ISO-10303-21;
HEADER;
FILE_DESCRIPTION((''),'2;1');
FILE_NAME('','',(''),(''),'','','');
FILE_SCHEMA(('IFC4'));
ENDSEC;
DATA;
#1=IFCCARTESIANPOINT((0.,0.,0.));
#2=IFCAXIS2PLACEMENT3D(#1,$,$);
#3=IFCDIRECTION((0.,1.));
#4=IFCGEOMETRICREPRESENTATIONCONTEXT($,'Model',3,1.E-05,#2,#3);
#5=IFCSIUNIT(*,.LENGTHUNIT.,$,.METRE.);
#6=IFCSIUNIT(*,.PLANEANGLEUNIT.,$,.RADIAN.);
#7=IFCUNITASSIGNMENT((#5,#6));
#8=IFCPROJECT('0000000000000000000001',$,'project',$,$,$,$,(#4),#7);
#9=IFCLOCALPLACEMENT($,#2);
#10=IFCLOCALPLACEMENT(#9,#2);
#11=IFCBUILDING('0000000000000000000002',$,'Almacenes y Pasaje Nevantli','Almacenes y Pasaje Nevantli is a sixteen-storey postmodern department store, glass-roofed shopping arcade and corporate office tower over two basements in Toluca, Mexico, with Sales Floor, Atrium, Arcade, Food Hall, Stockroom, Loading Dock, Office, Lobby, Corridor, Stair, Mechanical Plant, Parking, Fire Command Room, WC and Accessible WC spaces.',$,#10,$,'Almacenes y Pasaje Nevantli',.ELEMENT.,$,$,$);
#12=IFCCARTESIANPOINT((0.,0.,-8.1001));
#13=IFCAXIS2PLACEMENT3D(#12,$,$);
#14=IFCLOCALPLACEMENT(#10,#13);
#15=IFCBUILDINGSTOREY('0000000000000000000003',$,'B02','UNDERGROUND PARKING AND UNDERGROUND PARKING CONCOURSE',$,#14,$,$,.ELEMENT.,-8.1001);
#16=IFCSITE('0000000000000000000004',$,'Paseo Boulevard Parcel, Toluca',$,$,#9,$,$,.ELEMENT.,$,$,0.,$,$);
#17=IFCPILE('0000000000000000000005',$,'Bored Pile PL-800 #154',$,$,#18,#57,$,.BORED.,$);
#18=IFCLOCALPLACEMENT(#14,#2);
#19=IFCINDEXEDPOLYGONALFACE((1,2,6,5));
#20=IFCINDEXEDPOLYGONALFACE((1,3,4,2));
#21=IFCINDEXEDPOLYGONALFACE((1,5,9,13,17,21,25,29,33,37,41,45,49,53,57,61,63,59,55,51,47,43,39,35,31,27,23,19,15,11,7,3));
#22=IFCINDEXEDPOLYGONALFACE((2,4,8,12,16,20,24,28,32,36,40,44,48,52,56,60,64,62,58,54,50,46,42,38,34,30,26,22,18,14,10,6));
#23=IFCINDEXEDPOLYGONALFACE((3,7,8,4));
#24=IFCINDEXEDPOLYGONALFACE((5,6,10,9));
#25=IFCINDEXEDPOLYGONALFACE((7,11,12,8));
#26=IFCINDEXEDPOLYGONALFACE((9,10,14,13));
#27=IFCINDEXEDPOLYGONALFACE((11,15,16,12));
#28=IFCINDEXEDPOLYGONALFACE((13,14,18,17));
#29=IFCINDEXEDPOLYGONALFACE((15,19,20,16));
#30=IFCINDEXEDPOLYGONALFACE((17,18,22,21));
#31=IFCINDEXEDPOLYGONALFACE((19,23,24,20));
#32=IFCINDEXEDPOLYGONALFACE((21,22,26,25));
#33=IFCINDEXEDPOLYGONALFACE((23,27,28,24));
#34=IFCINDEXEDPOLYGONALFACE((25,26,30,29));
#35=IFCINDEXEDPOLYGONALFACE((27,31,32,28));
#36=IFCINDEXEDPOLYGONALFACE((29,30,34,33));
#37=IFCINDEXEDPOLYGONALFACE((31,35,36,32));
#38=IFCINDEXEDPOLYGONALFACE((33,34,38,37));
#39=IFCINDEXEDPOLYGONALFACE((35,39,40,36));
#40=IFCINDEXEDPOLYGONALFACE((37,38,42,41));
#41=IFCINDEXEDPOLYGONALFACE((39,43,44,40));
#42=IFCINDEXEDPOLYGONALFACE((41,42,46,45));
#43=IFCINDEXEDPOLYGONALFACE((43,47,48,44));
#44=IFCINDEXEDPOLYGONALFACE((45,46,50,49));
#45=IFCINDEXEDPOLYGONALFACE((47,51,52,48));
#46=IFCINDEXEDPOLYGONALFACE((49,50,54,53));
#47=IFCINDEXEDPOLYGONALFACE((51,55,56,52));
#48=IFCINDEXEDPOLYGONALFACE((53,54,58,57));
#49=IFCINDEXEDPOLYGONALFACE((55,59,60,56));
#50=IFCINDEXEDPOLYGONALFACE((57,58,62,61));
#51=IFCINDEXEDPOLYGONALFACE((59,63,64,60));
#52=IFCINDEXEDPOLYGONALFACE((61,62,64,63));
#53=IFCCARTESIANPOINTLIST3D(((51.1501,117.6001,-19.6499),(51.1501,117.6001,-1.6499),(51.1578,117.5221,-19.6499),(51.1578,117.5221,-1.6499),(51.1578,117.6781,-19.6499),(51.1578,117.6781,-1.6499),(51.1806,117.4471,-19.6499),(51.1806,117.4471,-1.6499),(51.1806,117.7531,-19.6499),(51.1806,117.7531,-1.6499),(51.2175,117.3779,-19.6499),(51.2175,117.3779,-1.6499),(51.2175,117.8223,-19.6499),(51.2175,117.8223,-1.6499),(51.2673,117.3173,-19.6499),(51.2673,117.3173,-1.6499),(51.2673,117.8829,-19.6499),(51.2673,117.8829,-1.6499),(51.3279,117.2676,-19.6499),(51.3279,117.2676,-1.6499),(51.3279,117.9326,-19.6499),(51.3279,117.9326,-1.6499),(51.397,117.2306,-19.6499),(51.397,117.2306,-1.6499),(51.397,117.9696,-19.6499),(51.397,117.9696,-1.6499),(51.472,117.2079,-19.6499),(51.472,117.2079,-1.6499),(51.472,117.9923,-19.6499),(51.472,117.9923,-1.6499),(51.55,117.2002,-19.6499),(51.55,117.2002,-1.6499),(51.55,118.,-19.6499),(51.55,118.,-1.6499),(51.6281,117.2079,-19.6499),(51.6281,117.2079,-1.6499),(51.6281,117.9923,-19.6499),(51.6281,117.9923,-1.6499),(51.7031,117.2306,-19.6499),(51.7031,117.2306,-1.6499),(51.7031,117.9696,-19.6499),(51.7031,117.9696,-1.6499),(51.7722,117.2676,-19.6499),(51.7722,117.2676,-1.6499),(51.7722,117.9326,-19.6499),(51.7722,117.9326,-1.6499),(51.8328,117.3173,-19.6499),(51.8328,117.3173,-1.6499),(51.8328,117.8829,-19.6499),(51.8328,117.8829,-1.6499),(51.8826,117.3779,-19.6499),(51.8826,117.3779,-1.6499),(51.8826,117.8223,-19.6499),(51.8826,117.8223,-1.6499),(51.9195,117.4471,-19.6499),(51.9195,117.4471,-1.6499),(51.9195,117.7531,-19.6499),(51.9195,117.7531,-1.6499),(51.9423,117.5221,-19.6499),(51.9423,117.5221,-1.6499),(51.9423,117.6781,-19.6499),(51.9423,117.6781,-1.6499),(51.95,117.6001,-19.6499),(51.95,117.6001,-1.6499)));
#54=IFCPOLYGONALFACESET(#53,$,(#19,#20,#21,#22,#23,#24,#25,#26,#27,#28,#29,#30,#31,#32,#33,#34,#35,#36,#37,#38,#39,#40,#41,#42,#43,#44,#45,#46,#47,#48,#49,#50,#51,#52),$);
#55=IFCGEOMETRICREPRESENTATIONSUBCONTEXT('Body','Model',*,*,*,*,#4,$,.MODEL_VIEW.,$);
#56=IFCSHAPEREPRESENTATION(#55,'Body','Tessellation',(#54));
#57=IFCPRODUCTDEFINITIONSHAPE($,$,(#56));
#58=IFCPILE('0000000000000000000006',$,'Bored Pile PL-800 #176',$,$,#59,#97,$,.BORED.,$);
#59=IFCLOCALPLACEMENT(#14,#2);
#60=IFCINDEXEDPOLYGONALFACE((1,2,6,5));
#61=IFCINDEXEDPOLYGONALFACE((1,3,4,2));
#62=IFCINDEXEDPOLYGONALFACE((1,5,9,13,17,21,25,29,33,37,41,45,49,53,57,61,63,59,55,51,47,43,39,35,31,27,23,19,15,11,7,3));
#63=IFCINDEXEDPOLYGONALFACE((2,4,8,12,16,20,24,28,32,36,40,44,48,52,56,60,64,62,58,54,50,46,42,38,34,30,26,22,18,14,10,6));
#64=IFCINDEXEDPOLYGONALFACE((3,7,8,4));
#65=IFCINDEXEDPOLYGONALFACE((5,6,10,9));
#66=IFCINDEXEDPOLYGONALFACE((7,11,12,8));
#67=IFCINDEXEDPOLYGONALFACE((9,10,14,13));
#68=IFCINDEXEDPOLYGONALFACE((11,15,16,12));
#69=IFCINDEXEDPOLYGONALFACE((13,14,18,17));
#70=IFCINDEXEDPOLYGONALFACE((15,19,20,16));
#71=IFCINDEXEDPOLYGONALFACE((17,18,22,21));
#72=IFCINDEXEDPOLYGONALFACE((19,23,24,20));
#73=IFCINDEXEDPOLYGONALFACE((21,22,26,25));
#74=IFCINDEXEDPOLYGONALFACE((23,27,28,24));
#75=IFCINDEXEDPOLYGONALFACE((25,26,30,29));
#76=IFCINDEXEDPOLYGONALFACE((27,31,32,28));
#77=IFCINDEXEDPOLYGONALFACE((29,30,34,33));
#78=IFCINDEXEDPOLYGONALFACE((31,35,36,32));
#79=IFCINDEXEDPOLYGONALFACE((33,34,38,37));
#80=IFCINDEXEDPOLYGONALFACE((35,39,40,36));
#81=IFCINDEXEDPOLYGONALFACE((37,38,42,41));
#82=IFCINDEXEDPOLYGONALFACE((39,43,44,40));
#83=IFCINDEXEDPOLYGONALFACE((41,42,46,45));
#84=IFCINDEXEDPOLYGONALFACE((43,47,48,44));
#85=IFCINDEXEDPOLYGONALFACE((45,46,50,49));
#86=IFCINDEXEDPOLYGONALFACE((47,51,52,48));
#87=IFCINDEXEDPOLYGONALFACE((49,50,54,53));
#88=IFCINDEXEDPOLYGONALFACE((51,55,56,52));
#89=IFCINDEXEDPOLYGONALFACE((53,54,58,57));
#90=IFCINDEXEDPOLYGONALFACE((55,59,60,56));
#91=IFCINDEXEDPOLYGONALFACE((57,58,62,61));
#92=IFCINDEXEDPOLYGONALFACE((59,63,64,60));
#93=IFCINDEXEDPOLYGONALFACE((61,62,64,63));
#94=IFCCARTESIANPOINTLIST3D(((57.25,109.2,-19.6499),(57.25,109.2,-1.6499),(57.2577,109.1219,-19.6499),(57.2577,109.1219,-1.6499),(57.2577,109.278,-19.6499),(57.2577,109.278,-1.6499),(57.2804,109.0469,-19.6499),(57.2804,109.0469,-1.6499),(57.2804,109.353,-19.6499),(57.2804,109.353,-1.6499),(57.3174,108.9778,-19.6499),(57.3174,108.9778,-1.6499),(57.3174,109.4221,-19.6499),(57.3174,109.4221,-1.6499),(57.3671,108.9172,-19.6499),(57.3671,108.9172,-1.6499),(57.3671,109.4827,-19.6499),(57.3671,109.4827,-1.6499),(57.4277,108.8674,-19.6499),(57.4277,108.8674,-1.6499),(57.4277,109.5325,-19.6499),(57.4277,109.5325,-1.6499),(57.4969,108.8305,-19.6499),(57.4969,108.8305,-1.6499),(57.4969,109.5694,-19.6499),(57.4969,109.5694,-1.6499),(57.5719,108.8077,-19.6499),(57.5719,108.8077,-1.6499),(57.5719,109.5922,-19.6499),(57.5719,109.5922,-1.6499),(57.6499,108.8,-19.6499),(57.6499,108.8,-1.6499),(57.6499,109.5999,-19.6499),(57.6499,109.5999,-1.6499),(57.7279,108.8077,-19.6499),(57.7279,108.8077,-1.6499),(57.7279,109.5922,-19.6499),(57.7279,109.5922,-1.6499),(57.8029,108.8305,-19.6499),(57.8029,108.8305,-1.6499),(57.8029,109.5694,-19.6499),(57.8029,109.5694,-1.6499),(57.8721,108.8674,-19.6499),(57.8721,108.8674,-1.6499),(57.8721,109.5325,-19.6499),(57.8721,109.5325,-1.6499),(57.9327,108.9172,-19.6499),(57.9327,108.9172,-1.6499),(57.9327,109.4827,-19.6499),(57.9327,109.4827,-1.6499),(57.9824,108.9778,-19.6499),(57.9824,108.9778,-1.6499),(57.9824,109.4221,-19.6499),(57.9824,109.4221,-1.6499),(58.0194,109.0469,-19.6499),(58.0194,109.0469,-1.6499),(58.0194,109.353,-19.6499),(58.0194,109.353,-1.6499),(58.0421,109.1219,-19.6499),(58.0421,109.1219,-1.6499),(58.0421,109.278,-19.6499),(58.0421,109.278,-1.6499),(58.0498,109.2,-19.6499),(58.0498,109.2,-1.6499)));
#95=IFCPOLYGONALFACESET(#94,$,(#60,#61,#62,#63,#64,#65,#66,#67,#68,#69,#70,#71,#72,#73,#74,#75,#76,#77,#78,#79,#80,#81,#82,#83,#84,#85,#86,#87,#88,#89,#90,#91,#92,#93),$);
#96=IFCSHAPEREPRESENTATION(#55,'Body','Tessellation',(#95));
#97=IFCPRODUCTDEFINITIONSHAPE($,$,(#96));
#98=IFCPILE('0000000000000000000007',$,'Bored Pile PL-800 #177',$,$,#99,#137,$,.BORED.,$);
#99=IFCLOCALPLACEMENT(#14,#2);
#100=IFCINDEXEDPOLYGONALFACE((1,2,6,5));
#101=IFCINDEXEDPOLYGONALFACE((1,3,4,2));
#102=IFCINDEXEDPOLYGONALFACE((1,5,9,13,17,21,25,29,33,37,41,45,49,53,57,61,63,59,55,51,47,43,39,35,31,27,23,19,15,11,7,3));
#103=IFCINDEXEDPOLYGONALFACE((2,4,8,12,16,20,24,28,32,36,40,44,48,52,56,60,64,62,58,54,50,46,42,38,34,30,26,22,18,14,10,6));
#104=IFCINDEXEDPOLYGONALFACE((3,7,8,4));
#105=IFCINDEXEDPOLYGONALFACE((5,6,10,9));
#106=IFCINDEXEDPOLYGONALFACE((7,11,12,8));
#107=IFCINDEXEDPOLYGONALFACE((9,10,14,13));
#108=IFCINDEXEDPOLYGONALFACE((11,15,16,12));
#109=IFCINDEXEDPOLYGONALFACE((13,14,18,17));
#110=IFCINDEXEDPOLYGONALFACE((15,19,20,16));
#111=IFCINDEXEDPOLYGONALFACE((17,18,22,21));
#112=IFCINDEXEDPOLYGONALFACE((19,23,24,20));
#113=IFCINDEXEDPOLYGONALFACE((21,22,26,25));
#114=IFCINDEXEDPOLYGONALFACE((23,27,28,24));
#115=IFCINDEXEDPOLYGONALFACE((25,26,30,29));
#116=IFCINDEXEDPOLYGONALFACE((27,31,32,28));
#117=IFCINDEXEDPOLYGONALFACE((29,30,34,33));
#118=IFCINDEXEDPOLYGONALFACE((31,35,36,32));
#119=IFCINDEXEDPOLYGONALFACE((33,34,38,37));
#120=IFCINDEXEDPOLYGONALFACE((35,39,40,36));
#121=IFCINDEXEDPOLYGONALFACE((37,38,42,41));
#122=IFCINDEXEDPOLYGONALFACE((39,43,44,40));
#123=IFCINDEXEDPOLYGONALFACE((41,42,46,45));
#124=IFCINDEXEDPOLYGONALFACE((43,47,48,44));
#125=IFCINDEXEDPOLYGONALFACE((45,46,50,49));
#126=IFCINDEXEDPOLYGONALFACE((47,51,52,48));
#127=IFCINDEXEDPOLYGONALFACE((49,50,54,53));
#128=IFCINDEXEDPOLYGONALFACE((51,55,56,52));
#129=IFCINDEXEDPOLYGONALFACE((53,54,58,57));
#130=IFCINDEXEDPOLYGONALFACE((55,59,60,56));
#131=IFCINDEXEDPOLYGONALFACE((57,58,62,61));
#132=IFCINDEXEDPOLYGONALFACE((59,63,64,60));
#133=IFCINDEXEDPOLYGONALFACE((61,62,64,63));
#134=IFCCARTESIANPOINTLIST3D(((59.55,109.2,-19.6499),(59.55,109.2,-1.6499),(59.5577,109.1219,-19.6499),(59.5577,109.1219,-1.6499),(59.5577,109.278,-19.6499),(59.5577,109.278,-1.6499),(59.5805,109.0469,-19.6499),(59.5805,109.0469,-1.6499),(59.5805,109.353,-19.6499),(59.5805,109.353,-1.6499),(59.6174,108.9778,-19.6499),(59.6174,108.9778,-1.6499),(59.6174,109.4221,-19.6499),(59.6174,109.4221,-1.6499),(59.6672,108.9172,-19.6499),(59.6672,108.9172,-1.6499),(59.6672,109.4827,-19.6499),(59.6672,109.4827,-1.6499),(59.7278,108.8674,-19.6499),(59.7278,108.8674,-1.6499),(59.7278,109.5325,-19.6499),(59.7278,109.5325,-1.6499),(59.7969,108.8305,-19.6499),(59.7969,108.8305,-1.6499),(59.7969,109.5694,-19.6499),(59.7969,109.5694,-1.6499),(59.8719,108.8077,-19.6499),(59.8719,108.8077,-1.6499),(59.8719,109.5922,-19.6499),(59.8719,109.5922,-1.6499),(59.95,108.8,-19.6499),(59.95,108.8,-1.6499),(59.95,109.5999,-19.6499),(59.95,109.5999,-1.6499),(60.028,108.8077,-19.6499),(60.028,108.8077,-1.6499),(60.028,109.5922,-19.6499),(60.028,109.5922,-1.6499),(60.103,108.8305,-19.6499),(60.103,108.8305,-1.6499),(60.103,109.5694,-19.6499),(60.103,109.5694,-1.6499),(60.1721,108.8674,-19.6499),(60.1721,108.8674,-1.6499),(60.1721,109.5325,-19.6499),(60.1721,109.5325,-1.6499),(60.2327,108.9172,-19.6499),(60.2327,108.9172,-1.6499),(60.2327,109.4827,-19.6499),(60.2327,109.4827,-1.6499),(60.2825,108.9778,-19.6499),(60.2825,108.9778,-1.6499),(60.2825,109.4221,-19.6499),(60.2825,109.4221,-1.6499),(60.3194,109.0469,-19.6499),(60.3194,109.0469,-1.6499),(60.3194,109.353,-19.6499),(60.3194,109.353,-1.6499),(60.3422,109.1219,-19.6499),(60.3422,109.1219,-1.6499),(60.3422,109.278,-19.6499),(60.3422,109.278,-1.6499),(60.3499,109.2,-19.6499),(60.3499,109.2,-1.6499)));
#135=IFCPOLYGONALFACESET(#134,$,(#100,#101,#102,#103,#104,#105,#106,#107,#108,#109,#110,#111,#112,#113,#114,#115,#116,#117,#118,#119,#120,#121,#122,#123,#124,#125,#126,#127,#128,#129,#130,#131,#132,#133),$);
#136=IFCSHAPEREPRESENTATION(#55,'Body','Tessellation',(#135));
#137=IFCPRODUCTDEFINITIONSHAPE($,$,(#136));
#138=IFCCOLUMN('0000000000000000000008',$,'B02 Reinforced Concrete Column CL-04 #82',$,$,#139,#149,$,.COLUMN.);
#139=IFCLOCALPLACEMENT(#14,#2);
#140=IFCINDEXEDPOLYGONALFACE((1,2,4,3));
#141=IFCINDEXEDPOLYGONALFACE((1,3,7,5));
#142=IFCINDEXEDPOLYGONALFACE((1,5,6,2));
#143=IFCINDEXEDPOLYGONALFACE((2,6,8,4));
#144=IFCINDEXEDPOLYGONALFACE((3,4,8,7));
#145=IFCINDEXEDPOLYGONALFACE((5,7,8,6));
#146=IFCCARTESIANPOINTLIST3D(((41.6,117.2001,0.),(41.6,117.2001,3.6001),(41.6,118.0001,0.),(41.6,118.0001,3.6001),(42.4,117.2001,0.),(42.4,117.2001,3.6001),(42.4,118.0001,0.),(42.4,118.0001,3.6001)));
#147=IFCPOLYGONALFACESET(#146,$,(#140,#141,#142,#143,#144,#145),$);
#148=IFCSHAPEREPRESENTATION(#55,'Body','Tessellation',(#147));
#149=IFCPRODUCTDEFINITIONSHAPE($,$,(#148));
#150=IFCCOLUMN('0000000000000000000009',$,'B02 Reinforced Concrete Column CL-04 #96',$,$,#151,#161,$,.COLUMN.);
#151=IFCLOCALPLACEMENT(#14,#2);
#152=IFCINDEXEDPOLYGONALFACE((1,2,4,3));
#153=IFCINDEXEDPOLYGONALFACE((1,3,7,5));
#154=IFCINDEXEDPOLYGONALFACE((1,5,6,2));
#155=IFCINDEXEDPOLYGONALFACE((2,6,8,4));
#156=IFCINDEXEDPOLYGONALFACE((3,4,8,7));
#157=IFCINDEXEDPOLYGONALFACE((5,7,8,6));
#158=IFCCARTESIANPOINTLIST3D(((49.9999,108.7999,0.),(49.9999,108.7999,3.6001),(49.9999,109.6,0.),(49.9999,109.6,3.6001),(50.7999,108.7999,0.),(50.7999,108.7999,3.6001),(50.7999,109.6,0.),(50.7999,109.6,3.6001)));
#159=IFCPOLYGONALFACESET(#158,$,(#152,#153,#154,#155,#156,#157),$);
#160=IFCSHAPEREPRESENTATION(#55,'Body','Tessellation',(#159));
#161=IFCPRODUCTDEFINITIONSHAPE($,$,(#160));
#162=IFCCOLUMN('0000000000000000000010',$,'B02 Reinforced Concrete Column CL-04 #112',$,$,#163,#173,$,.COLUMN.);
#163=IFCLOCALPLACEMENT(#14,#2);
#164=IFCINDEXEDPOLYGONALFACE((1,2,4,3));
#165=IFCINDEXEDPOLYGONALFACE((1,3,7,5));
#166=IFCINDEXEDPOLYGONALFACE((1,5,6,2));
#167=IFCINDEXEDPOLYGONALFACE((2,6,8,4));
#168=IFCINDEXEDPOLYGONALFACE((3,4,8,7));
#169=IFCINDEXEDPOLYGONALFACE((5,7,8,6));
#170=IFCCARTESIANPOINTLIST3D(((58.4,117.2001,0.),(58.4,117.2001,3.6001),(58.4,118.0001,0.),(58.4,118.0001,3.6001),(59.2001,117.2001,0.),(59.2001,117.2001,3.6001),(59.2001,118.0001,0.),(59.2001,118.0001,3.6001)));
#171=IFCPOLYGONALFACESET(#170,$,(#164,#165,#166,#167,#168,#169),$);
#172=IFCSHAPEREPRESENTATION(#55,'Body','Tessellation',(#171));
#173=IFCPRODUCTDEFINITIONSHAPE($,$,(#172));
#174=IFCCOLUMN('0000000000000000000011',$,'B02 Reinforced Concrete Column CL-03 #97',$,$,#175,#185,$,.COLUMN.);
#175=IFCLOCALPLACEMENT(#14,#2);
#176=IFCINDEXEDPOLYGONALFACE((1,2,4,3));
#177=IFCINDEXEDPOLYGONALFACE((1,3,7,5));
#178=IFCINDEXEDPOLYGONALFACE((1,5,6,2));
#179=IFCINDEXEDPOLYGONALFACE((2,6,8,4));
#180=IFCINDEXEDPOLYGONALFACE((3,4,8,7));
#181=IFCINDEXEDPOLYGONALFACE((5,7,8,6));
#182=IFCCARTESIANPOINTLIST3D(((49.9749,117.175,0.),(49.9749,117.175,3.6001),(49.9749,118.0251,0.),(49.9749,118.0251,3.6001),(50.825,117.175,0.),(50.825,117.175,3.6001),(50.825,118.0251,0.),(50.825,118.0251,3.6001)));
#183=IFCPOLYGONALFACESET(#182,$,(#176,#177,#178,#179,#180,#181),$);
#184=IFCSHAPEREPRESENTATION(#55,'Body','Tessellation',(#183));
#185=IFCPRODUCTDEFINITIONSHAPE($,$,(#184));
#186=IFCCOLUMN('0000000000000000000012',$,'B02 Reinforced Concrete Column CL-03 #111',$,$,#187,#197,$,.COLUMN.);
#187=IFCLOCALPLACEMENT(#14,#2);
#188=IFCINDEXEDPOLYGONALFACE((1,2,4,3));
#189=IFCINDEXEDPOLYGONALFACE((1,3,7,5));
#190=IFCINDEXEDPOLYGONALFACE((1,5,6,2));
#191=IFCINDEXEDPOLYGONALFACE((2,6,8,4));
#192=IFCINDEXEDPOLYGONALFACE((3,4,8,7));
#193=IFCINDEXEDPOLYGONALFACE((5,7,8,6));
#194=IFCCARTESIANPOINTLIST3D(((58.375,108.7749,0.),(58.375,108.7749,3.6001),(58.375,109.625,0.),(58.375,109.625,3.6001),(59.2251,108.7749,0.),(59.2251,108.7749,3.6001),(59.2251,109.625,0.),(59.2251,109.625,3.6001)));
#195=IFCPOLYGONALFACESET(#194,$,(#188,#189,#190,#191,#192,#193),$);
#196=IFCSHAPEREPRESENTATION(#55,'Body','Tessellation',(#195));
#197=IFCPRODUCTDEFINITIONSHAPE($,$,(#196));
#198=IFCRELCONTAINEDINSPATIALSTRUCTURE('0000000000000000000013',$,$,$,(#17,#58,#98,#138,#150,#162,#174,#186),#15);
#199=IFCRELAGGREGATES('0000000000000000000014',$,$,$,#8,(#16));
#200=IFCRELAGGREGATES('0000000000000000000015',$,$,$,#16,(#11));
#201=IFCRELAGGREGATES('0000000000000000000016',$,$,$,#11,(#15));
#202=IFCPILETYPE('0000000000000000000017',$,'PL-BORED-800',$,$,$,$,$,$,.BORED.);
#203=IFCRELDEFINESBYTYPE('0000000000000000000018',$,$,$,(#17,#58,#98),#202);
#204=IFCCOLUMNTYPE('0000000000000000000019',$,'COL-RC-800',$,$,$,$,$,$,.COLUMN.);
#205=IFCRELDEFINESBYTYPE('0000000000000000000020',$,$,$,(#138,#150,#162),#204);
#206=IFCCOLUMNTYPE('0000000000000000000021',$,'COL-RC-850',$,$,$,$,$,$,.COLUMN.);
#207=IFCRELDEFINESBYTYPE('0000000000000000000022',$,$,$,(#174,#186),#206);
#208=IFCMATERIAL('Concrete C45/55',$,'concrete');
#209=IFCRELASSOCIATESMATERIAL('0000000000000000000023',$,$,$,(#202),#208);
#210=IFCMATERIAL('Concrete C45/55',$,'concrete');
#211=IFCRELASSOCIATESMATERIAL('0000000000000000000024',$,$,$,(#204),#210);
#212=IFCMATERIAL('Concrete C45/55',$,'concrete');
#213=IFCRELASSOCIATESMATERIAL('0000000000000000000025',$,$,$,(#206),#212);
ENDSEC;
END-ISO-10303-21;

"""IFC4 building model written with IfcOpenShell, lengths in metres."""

from ifc_helpers import new_model, si_unit, direction, frame, origin, origin_2d, place, context, subcontext, project, spatial, rectangle, circle, extrude, material, material_profile, profile_set, type_object, element, save


model = new_model("IFC4")

# Units and contexts
model_context = context("Model", 3, precision=1e-05, world=origin(), true_north=direction((0.0, 1.0)))
body_context = subcontext(model_context, "Body", "Model", "MODEL_VIEW")
ifc_project = project(units=[si_unit("LENGTHUNIT", "METRE"), si_unit("PLANEANGLEUNIT", "RADIAN")], contexts=[model_context])

# Site, building, storey
site_placement = place(None, origin())
site = spatial("IfcSite", under=ifc_project, at=site_placement, Name="Paseo Boulevard Parcel, Toluca", CompositionType="ELEMENT", RefElevation=0.0)
building_placement = place(site_placement, origin())
building = spatial("IfcBuilding", under=site, at=building_placement, Name="Almacenes y Pasaje Nevantli", Description="Almacenes y Pasaje Nevantli is a sixteen-storey postmodern department store, glass-roofed shopping arcade and corporate office tower over two basements in Toluca, Mexico, with Sales Floor, Atrium, Arcade, Food Hall, Stockroom, Loading Dock, Office, Lobby, Corridor, Stair, Mechanical Plant, Parking, Fire Command Room, WC and Accessible WC spaces.", LongName="Almacenes y Pasaje Nevantli", CompositionType="ELEMENT")
storey_placement = place(building_placement, frame((0.0, 0.0, -8.1001)))
storey = spatial("IfcBuildingStorey", under=building, at=storey_placement, Name="B02", Description="UNDERGROUND PARKING AND UNDERGROUND PARKING CONCOURSE", CompositionType="ELEMENT", Elevation=-8.1001)

# Piles
ifc_material_1 = material(Name="Concrete C45/55", Category="concrete")
ifc_material_profile_1 = material_profile(ifc_material_1, circle(Radius=0.3999, at=origin_2d()), Name="RC-PILE-D800")
ifc_profile_set_1 = profile_set([ifc_material_profile_1], Name="Concrete C45/55")
pile_type_1 = type_object("IfcPileType", Name="PL-BORED-800", PredefinedType="BORED", material=ifc_profile_set_1)
for number, where, z_axis, x_axis, name in (
    (1, (51.55, 117.6001, -1.6499), (0.0, 0.0, -1.0), (1.0, 0.0, 0.0), "Bored Pile PL-800 #154"),
    (2, (57.6499, 109.2, -1.6499), (0.0, 0.0, -1.0), (1.0, 0.0, 0.0), "Bored Pile PL-800 #176"),
    (3, (59.95, 109.2, -1.6499), (0.0, 0.0, -1.0), (1.0, 0.0, 0.0), "Bored Pile PL-800 #177"),
):
    element("IfcPile", number, at=place(storey_placement, frame(where, z_axis=z_axis, x_axis=x_axis)), inside=storey, type_object=pile_type_1, Name=name, PredefinedType="BORED", context=body_context, shape_type="SweptSolid", body=[
        extrude(circle(Radius=0.3999, at=origin_2d()), origin(), (0.0, 0.0, 1.0), 18.0),
    ])

# Columns
ifc_material_2 = material(Name="Concrete C45/55", Category="concrete")
ifc_material_profile_2 = material_profile(ifc_material_2, rectangle(XDim=0.8, YDim=0.8, at=origin_2d()), Name="RC-COL-800x800")
ifc_profile_set_2 = profile_set([ifc_material_profile_2], Name="Concrete C45/55")
column_type_1 = type_object("IfcColumnType", Name="COL-RC-800", PredefinedType="COLUMN", material=ifc_profile_set_2)
for number, where, z_axis, x_axis, name in (
    (4, (42.0, 117.6001, 0.0), (0.0, 0.0, 1.0), (1.0, 0.0, 0.0), "B02 Reinforced Concrete Column CL-04 #82"),
    (5, (50.3999, 109.2, 0.0), (0.0, 0.0, 1.0), (1.0, 0.0, 0.0), "B02 Reinforced Concrete Column CL-04 #96"),
    (6, (58.8, 117.6001, 0.0), (0.0, 0.0, 1.0), (1.0, 0.0, 0.0), "B02 Reinforced Concrete Column CL-04 #112"),
):
    element("IfcColumn", number, at=place(storey_placement, frame(where, z_axis=z_axis, x_axis=x_axis)), inside=storey, type_object=column_type_1, Name=name, PredefinedType="COLUMN", context=body_context, shape_type="SweptSolid", body=[
        extrude(rectangle(XDim=0.8, YDim=0.8, at=origin_2d()), origin(), (0.0, 0.0, 1.0), 3.6001),
    ])
ifc_material_3 = material(Name="Concrete C45/55", Category="concrete")
ifc_material_profile_3 = material_profile(ifc_material_3, rectangle(XDim=0.8501, YDim=0.8501, at=origin_2d()), Name="RC-COL-850x850")
ifc_profile_set_3 = profile_set([ifc_material_profile_3], Name="Concrete C45/55")
column_type_2 = type_object("IfcColumnType", Name="COL-RC-850", PredefinedType="COLUMN", material=ifc_profile_set_3)
for number, where, z_axis, x_axis, name in (
    (7, (50.3999, 117.6001, 0.0), (0.0, 0.0, 1.0), (1.0, 0.0, 0.0), "B02 Reinforced Concrete Column CL-03 #97"),
    (8, (58.8, 109.2, 0.0), (0.0, 0.0, 1.0), (1.0, 0.0, 0.0), "B02 Reinforced Concrete Column CL-03 #111"),
):
    element("IfcColumn", number, at=place(storey_placement, frame(where, z_axis=z_axis, x_axis=x_axis)), inside=storey, type_object=column_type_2, Name=name, PredefinedType="COLUMN", context=body_context, shape_type="SweptSolid", body=[
        extrude(rectangle(XDim=0.8501, YDim=0.8501, at=origin_2d()), origin(), (0.0, 0.0, 1.0), 3.6001),
    ])

save(model, "model.ifc")
